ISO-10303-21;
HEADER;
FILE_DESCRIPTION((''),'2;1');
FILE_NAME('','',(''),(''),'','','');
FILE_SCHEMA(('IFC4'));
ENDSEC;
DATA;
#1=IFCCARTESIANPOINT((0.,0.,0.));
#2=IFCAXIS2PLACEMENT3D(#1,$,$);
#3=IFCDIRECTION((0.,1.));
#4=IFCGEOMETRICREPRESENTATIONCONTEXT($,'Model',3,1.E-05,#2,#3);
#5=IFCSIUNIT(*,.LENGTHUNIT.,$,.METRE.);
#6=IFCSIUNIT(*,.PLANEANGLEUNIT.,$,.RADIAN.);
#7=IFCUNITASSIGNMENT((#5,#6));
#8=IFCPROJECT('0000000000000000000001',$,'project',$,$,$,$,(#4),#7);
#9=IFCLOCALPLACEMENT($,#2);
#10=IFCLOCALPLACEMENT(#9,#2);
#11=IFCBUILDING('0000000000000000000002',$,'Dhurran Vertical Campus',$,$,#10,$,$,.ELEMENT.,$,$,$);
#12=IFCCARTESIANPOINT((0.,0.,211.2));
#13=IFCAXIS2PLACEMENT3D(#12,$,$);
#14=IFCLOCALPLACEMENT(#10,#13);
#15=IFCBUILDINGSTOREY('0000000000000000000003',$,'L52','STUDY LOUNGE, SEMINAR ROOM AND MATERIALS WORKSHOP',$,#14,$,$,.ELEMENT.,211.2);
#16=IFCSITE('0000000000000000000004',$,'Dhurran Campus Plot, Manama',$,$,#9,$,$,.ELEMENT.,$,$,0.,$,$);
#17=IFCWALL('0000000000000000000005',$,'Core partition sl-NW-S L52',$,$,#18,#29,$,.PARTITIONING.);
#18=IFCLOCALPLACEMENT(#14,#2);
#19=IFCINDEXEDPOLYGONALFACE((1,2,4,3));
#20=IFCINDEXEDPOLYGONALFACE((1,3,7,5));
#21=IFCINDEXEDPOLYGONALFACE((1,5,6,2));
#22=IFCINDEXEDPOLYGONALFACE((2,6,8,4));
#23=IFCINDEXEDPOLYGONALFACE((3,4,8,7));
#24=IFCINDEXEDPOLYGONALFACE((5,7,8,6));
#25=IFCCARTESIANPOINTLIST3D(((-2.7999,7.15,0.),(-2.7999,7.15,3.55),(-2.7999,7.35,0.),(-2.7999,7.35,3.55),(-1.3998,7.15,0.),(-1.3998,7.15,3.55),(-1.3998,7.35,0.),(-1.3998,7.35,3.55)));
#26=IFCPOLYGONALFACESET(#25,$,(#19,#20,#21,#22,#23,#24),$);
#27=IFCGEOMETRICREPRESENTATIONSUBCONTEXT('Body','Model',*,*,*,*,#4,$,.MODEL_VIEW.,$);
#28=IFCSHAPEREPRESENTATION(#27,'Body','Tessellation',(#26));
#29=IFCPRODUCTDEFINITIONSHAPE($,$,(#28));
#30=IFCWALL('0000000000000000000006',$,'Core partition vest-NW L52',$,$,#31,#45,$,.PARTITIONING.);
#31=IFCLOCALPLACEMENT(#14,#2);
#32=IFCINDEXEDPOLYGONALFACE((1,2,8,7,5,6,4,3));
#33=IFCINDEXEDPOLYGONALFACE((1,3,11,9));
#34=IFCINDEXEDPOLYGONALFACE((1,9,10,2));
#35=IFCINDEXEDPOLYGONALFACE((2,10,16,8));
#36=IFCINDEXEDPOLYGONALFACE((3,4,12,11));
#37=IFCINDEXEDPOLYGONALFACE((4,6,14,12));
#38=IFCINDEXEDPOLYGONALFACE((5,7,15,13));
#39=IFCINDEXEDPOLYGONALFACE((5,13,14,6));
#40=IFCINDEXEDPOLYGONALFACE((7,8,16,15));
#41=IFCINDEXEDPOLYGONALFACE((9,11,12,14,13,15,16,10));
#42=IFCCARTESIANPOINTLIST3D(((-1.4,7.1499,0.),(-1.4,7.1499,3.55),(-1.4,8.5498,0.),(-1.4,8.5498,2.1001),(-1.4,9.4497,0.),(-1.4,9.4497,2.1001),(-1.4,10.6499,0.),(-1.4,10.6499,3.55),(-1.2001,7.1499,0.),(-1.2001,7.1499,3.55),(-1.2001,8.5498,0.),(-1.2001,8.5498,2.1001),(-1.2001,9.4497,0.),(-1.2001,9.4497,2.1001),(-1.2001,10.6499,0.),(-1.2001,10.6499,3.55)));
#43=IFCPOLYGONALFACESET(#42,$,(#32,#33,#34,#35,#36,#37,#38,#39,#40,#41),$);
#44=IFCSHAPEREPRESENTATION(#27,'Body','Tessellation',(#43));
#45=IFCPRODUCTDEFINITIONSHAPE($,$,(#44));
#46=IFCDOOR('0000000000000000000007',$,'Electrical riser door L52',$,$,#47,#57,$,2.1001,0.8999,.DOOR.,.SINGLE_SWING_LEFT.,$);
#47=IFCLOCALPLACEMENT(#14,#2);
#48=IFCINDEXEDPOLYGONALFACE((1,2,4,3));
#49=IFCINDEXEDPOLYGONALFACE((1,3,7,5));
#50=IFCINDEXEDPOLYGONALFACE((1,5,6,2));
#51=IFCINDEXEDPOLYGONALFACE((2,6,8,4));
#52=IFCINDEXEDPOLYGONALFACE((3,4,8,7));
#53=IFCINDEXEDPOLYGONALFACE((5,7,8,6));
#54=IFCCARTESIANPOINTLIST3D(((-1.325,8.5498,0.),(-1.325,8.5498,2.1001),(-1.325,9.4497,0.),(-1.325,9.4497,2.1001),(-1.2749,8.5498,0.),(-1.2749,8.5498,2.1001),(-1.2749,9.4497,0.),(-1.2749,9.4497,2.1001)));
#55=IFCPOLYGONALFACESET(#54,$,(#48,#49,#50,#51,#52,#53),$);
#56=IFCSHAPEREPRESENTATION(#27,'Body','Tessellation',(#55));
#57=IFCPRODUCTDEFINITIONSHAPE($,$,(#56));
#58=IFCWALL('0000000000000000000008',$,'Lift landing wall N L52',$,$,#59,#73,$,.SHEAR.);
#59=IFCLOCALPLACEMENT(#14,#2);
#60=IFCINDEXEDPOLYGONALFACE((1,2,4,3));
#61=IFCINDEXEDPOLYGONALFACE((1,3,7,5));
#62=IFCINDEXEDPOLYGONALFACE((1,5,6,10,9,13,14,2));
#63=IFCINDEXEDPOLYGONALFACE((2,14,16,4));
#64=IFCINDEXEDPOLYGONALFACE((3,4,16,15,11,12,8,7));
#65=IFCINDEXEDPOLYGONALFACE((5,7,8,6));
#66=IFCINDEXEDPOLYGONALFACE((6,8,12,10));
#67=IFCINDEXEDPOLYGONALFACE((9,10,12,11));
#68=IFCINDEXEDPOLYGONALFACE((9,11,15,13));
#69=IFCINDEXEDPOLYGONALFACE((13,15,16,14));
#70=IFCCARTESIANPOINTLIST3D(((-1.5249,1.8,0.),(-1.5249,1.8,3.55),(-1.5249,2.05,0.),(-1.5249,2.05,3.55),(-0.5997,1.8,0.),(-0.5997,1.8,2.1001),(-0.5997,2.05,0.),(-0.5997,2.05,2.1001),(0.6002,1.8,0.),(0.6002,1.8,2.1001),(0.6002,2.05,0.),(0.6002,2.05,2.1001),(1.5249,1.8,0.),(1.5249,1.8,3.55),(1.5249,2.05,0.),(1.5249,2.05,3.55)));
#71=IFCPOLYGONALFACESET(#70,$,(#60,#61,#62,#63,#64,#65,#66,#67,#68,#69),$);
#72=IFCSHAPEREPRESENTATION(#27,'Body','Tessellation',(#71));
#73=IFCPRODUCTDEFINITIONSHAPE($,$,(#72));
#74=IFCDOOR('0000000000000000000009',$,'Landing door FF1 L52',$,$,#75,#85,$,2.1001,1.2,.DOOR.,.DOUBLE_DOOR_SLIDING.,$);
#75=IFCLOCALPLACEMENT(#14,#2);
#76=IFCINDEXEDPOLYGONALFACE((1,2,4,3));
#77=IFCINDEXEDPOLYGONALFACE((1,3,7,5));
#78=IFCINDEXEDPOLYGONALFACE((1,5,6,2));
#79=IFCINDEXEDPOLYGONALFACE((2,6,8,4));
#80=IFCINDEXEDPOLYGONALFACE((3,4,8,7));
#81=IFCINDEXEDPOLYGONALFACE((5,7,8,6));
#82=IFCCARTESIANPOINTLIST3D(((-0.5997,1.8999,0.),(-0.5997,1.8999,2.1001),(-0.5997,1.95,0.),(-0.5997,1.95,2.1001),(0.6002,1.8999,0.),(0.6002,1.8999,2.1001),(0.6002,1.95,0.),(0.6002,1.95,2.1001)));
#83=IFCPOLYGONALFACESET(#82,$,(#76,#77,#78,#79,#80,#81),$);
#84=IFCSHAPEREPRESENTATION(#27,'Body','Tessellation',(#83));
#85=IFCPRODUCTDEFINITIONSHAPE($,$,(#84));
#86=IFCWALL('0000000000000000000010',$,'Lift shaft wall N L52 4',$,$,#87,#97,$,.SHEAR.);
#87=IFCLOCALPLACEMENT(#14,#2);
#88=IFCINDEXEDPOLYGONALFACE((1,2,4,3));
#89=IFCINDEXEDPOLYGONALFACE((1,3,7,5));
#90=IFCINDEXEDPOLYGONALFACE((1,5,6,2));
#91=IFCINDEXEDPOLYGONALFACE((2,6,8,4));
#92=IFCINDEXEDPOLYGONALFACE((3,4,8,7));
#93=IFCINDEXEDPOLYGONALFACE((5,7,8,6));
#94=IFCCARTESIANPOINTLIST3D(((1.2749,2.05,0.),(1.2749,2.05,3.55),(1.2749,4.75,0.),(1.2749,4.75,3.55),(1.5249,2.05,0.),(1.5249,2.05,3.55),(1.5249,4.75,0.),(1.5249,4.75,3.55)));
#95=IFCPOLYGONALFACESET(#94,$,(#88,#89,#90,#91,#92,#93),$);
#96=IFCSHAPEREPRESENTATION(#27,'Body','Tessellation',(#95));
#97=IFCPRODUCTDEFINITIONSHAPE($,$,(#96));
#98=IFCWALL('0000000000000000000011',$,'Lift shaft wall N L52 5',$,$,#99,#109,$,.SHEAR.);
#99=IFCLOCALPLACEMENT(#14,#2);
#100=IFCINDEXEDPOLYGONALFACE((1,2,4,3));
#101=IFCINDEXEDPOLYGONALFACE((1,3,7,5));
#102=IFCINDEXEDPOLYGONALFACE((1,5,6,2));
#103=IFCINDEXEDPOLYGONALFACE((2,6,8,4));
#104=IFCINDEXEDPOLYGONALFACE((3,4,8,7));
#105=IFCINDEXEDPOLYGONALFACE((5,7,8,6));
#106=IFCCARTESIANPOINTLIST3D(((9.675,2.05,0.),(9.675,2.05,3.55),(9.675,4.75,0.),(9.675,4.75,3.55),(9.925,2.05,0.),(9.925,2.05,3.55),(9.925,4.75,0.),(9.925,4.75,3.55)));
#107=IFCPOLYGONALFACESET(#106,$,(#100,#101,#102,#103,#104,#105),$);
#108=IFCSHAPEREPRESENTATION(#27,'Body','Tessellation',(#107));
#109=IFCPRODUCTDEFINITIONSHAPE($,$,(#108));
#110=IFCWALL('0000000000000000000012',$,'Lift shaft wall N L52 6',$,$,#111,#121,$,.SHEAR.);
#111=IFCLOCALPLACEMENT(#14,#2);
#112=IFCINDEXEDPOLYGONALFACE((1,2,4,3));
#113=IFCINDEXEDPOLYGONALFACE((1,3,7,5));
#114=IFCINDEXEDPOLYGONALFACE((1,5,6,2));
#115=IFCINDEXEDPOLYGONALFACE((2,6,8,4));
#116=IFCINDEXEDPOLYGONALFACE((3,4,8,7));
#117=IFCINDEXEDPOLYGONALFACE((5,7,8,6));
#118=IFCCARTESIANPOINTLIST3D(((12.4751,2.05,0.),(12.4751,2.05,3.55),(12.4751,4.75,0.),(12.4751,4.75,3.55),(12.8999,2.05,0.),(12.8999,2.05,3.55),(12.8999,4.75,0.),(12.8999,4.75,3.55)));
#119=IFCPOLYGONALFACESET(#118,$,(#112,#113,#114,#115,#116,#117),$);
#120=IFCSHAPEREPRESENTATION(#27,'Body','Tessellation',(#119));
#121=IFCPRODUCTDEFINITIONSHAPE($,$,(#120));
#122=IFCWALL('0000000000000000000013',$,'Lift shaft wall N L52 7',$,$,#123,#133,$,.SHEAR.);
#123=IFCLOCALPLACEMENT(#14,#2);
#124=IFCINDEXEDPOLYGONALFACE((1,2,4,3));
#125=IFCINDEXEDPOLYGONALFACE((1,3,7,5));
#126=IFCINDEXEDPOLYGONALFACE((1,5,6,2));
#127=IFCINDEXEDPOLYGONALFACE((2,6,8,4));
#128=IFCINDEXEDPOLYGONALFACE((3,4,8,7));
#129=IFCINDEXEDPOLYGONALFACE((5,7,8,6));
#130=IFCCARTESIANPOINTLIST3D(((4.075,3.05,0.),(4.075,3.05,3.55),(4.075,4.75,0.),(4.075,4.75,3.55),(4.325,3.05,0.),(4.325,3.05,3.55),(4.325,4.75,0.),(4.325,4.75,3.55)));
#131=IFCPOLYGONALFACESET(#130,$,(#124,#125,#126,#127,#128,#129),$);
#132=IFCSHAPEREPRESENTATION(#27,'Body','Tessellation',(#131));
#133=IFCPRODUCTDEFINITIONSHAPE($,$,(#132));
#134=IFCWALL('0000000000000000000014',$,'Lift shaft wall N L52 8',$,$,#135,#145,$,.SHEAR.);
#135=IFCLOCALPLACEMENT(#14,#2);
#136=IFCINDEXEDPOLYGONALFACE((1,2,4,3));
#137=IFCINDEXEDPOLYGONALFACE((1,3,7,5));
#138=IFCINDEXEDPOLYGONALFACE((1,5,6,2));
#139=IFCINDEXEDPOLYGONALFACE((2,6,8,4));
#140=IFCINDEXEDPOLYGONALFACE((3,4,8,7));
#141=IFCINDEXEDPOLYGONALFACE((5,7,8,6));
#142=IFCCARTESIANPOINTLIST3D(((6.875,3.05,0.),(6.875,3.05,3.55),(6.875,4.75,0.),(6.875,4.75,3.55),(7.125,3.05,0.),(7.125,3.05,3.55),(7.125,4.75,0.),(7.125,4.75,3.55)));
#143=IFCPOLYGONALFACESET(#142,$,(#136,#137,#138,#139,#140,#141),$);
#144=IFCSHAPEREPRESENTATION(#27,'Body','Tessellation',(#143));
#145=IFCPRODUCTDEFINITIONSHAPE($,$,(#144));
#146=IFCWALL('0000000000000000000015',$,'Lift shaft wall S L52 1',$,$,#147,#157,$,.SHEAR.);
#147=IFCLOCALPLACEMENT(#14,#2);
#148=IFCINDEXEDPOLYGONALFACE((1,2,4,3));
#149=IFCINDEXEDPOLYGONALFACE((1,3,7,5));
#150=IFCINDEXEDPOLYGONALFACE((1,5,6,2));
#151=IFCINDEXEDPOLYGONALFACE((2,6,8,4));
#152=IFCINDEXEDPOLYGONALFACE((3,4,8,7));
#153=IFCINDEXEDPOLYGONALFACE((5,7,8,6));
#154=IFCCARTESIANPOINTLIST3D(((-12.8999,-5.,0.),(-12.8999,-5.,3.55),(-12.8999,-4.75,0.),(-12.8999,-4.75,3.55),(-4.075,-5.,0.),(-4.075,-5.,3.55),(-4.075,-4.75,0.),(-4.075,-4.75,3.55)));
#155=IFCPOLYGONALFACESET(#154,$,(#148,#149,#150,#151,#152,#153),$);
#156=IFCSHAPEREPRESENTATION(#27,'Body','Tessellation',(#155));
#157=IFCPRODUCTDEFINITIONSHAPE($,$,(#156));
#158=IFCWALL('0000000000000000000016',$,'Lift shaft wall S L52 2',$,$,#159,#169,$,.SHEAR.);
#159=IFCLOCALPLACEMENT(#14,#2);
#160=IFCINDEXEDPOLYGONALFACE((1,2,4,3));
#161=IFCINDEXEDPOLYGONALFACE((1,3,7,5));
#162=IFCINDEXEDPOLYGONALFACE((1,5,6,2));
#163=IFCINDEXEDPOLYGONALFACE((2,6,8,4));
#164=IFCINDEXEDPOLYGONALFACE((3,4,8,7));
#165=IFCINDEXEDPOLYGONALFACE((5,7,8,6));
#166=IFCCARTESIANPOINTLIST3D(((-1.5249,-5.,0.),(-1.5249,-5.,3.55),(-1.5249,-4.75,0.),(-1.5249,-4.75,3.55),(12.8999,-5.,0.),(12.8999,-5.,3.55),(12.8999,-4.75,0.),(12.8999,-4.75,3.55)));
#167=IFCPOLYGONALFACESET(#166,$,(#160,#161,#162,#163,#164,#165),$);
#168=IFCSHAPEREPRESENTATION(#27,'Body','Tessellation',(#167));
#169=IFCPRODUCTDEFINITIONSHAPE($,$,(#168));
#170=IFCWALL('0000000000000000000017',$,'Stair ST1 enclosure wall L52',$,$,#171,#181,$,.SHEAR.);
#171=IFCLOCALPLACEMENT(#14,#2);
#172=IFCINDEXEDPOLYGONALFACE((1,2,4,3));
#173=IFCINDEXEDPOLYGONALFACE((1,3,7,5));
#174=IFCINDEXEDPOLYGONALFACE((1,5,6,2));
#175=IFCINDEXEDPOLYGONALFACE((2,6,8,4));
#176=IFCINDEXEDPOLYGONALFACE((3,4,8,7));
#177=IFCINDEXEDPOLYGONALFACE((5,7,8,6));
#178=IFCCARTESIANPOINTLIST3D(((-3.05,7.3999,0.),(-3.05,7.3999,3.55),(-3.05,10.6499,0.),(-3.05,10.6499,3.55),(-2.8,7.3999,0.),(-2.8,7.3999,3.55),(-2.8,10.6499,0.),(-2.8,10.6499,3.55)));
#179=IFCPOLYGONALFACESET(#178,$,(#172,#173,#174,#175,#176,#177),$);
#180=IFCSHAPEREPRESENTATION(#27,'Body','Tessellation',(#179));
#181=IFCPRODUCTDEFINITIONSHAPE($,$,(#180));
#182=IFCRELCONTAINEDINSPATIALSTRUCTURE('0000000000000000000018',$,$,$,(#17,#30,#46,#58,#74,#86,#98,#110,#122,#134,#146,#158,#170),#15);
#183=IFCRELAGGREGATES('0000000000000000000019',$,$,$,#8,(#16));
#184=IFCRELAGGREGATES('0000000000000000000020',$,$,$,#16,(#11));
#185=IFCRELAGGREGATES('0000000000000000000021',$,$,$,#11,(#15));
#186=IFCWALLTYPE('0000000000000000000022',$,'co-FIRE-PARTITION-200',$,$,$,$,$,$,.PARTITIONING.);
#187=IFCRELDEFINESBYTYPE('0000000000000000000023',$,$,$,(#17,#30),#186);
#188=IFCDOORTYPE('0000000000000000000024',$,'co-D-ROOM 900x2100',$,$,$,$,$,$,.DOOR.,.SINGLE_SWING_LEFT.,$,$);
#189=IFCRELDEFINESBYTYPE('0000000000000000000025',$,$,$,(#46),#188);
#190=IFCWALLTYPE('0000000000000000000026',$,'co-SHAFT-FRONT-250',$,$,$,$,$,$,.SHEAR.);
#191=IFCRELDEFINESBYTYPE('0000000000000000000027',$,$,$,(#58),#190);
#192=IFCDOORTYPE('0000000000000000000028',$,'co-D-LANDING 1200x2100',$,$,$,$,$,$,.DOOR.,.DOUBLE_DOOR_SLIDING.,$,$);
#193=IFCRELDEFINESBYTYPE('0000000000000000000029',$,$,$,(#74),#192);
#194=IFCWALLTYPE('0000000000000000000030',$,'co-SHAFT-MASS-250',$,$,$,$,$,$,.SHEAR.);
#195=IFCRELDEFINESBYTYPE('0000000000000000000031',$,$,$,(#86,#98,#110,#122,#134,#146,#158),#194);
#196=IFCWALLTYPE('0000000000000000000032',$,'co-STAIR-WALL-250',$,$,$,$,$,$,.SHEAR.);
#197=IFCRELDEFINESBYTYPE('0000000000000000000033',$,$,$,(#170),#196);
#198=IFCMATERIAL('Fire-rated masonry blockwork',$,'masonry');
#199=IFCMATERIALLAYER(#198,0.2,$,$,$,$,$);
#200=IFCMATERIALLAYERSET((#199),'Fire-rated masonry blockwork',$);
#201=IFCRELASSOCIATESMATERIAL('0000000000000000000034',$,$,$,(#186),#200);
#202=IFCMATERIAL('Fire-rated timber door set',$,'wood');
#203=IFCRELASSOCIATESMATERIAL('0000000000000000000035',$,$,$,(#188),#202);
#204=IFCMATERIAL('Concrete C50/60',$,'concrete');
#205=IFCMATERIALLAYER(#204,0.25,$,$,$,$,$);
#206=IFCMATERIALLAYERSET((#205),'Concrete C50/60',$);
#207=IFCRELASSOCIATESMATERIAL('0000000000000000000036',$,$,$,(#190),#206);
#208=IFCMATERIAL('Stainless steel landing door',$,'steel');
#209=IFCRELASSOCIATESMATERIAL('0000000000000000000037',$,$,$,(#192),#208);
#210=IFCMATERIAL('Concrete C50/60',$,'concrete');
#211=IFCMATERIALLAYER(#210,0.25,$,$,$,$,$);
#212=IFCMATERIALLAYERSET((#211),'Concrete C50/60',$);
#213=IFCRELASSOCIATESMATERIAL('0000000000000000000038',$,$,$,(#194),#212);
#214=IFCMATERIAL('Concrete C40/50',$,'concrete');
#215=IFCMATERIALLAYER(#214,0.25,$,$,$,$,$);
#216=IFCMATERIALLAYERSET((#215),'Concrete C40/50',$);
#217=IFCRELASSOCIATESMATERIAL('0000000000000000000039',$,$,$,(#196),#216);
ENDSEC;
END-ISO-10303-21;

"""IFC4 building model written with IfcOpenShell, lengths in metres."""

from ifc_helpers import new_model, si_unit, direction, frame, frame_2d, origin, place, context, subcontext, project, spatial, polyline, rectangle, outline, extrude, material, layer, layer_set, type_object, element, fill, save


model = new_model("IFC4")

# Units and contexts
model_context = context("Model", 3, precision=1e-05, world=origin(), true_north=direction((0.0, 1.0)))
body_context = subcontext(model_context, "Body", "Model", "MODEL_VIEW")
ifc_project = project(units=[si_unit("LENGTHUNIT", "METRE"), si_unit("PLANEANGLEUNIT", "RADIAN")], contexts=[model_context])

# Site, building, storey
site_placement = place(None, origin())
site = spatial("IfcSite", under=ifc_project, at=site_placement, Name="Dhurran Campus Plot, Manama", CompositionType="ELEMENT", RefElevation=0.0)
building_placement = place(site_placement, origin())
building = spatial("IfcBuilding", under=site, at=building_placement, Name="Dhurran Vertical Campus", CompositionType="ELEMENT")
storey_placement = place(building_placement, frame((0.0, 0.0, 211.2)))
storey = spatial("IfcBuildingStorey", under=building, at=storey_placement, Name="L52", Description="STUDY LOUNGE, SEMINAR ROOM AND MATERIALS WORKSHOP", CompositionType="ELEMENT", Elevation=211.2)

# Wall
ifc_material_1 = material(Name="Fire-rated masonry blockwork", Category="masonry")
ifc_layer_1 = layer(ifc_material_1, 0.2)
ifc_layer_set_1 = layer_set([ifc_layer_1], Name="Fire-rated masonry blockwork")
wall_type_1 = type_object("IfcWallType", Name="co-FIRE-PARTITION-200", PredefinedType="PARTITIONING", material=ifc_layer_set_1)
wall_1_placement = place(storey_placement, frame((-2.8, 7.25, 0.0), z_axis=(0.0, 0.0, 1.0), x_axis=(1.0, 0.0, 0.0)))
element("IfcWall", 1, at=wall_1_placement, inside=storey, type_object=wall_type_1, Name="Core partition sl-NW-S L52", PredefinedType="PARTITIONING", context=body_context, shape_type="SweptSolid", body=[
    extrude(rectangle(XDim=1.4001, YDim=0.2, at=frame_2d((0.7002, 0.0))), origin(), (0.0, 0.0, 1.0), 3.55),
])

# Walls, openings, doors
wall_2_placement = place(storey_placement, frame((-1.3, 7.1499, 0.0), z_axis=(0.0, 0.0, 1.0), x_axis=(0.0, 1.0, 0.0)))
wall_2 = element("IfcWall", 2, at=wall_2_placement, inside=storey, type_object=wall_type_1, Name="Core partition vest-NW L52", PredefinedType="PARTITIONING", context=body_context, shape_type="SweptSolid", body=[
    extrude(rectangle(XDim=3.5, YDim=0.2, at=frame_2d((1.75, 0.0))), origin(), (0.0, 0.0, 1.0), 3.55),
])
opening_1_placement = place(wall_2_placement, frame((1.3999, 0.0, 0.0)))
opening_1 = element("IfcOpeningElement", 3, at=opening_1_placement, cuts=wall_2, PredefinedType="OPENING", context=body_context, shape_type="SweptSolid", body=[
    extrude(rectangle(XDim=0.8999, YDim=2.1001, at=frame_2d((0.45, 1.05))), frame((0.0, 0.1099, 0.0), z_axis=(0.0, -1.0, 0.0), x_axis=(1.0, 0.0, 0.0)), (0.0, 0.0, 1.0), 0.22),
])
ifc_material_2 = material(Name="Fire-rated timber door set", Category="wood")
door_type_1 = type_object("IfcDoorType", Name="co-D-ROOM 900x2100", OperationType="SINGLE_SWING_LEFT", PredefinedType="DOOR", material=ifc_material_2)
door_1_placement = place(opening_1_placement, origin())
door_1 = element("IfcDoor", 4, at=door_1_placement, inside=storey, type_object=door_type_1, Name="Electrical riser door L52", OperationType="SINGLE_SWING_LEFT", OverallHeight=2.1001, OverallWidth=0.8999, PredefinedType="DOOR", context=body_context, shape_type="SweptSolid", body=[
    extrude(rectangle(XDim=0.8999, YDim=2.1001, at=frame_2d((0.45, 1.05))), frame((0.0, 0.0249, 0.0), z_axis=(0.0, -1.0, 0.0), x_axis=(1.0, 0.0, 0.0)), (0.0, 0.0, 1.0), 0.05),
])
fill(opening_1, door_1)
ifc_material_3 = material(Name="Concrete C50/60", Category="concrete")
ifc_layer_2 = layer(ifc_material_3, 0.25)
ifc_layer_set_2 = layer_set([ifc_layer_2], Name="Concrete C50/60")
wall_type_2 = type_object("IfcWallType", Name="co-SHAFT-FRONT-250", PredefinedType="SHEAR", material=ifc_layer_set_2)
wall_3_placement = place(storey_placement, frame((-1.5249, 1.925, 0.0), z_axis=(0.0, 0.0, 1.0), x_axis=(1.0, 0.0, 0.0)))
wall_3 = element("IfcWall", 5, at=wall_3_placement, inside=storey, type_object=wall_type_2, Name="Lift landing wall N L52", PredefinedType="SHEAR", context=body_context, shape_type="SweptSolid", body=[
    extrude(rectangle(XDim=3.0498, YDim=0.25, at=frame_2d((1.5249, 0.0))), origin(), (0.0, 0.0, 1.0), 3.55),
])
opening_2_placement = place(wall_3_placement, frame((0.925, 0.0, 0.0)))
opening_2 = element("IfcOpeningElement", 6, at=opening_2_placement, cuts=wall_3, PredefinedType="OPENING", context=body_context, shape_type="SweptSolid", body=[
    extrude(rectangle(XDim=1.2, YDim=2.1001, at=frame_2d((0.6001, 1.05))), frame((0.0, 0.135, 0.0), z_axis=(0.0, -1.0, 0.0), x_axis=(1.0, 0.0, 0.0)), (0.0, 0.0, 1.0), 0.27),
])
ifc_material_4 = material(Name="Stainless steel landing door", Category="steel")
door_type_2 = type_object("IfcDoorType", Name="co-D-LANDING 1200x2100", OperationType="DOUBLE_DOOR_SLIDING", PredefinedType="DOOR", material=ifc_material_4)
door_2_placement = place(opening_2_placement, origin())
door_2 = element("IfcDoor", 7, at=door_2_placement, inside=storey, type_object=door_type_2, Name="Landing door FF1 L52", OperationType="DOUBLE_DOOR_SLIDING", OverallHeight=2.1001, OverallWidth=1.2, PredefinedType="DOOR", context=body_context, shape_type="SweptSolid", body=[
    extrude(rectangle(XDim=1.2, YDim=2.1001, at=frame_2d((0.6001, 1.05))), frame((0.0, 0.0249, 0.0), z_axis=(0.0, -1.0, 0.0), x_axis=(1.0, 0.0, 0.0)), (0.0, 0.0, 1.0), 0.05),
])
fill(opening_2, door_2)

# Walls
ifc_material_5 = material(Name="Concrete C50/60", Category="concrete")
ifc_layer_3 = layer(ifc_material_5, 0.25)
ifc_layer_set_3 = layer_set([ifc_layer_3], Name="Concrete C50/60")
wall_type_3 = type_object("IfcWallType", Name="co-SHAFT-MASS-250", PredefinedType="SHEAR", material=ifc_layer_set_3)
wall_4_placement = place(storey_placement, origin())
element("IfcWall", 8, at=wall_4_placement, inside=storey, type_object=wall_type_3, Name="Lift shaft wall N L52 4", PredefinedType="SHEAR", context=body_context, shape_type="SweptSolid", body=[
    extrude(outline(polyline([(1.2749, 2.05), (1.5249, 2.05), (1.5249, 4.75), (1.2749, 4.75), (1.2749, 2.05)])), origin(), (0.0, 0.0, 1.0), 3.55),
])
wall_5_placement = place(storey_placement, origin())
element("IfcWall", 9, at=wall_5_placement, inside=storey, type_object=wall_type_3, Name="Lift shaft wall N L52 5", PredefinedType="SHEAR", context=body_context, shape_type="SweptSolid", body=[
    extrude(outline(polyline([(9.675, 2.05), (9.925, 2.05), (9.925, 4.75), (9.675, 4.75), (9.675, 2.05)])), origin(), (0.0, 0.0, 1.0), 3.55),
])
wall_6_placement = place(storey_placement, origin())
element("IfcWall", 10, at=wall_6_placement, inside=storey, type_object=wall_type_3, Name="Lift shaft wall N L52 6", PredefinedType="SHEAR", context=body_context, shape_type="SweptSolid", body=[
    extrude(outline(polyline([(12.4751, 2.05), (12.8999, 2.05), (12.8999, 4.75), (12.4751, 4.75), (12.4751, 2.05)])), origin(), (0.0, 0.0, 1.0), 3.55),
])
wall_7_placement = place(storey_placement, origin())
element("IfcWall", 11, at=wall_7_placement, inside=storey, type_object=wall_type_3, Name="Lift shaft wall N L52 7", PredefinedType="SHEAR", context=body_context, shape_type="SweptSolid", body=[
    extrude(outline(polyline([(4.075, 3.05), (4.325, 3.05), (4.325, 4.75), (4.075, 4.75), (4.075, 3.05)])), origin(), (0.0, 0.0, 1.0), 3.55),
])
wall_8_placement = place(storey_placement, origin())
element("IfcWall", 12, at=wall_8_placement, inside=storey, type_object=wall_type_3, Name="Lift shaft wall N L52 8", PredefinedType="SHEAR", context=body_context, shape_type="SweptSolid", body=[
    extrude(outline(polyline([(6.875, 3.05), (7.125, 3.05), (7.125, 4.75), (6.875, 4.75), (6.875, 3.05)])), origin(), (0.0, 0.0, 1.0), 3.55),
])
wall_9_placement = place(storey_placement, origin())
element("IfcWall", 13, at=wall_9_placement, inside=storey, type_object=wall_type_3, Name="Lift shaft wall S L52 1", PredefinedType="SHEAR", context=body_context, shape_type="SweptSolid", body=[
    extrude(outline(polyline([(-12.8999, -5.0), (-4.075, -5.0), (-4.075, -4.75), (-12.8999, -4.75), (-12.8999, -5.0)])), origin(), (0.0, 0.0, 1.0), 3.55),
])
wall_10_placement = place(storey_placement, origin())
element("IfcWall", 14, at=wall_10_placement, inside=storey, type_object=wall_type_3, Name="Lift shaft wall S L52 2", PredefinedType="SHEAR", context=body_context, shape_type="SweptSolid", body=[
    extrude(outline(polyline([(-1.5249, -5.0), (12.8999, -5.0), (12.8999, -4.75), (-1.5249, -4.75), (-1.5249, -5.0)])), origin(), (0.0, 0.0, 1.0), 3.55),
])
ifc_material_6 = material(Name="Concrete C40/50", Category="concrete")
ifc_layer_4 = layer(ifc_material_6, 0.25)
ifc_layer_set_4 = layer_set([ifc_layer_4], Name="Concrete C40/50")
wall_type_4 = type_object("IfcWallType", Name="co-STAIR-WALL-250", PredefinedType="SHEAR", material=ifc_layer_set_4)
wall_11_placement = place(storey_placement, frame((-2.925, 7.3999, 0.0), z_axis=(0.0, 0.0, 1.0), x_axis=(0.0, 1.0, 0.0)))
element("IfcWall", 15, at=wall_11_placement, inside=storey, type_object=wall_type_4, Name="Stair ST1 enclosure wall L52", PredefinedType="SHEAR", context=body_context, shape_type="SweptSolid", body=[
    extrude(rectangle(XDim=3.25, YDim=0.25, at=frame_2d((1.625, 0.0))), origin(), (0.0, 0.0, 1.0), 3.55),
])

save(model, "model.ifc")
